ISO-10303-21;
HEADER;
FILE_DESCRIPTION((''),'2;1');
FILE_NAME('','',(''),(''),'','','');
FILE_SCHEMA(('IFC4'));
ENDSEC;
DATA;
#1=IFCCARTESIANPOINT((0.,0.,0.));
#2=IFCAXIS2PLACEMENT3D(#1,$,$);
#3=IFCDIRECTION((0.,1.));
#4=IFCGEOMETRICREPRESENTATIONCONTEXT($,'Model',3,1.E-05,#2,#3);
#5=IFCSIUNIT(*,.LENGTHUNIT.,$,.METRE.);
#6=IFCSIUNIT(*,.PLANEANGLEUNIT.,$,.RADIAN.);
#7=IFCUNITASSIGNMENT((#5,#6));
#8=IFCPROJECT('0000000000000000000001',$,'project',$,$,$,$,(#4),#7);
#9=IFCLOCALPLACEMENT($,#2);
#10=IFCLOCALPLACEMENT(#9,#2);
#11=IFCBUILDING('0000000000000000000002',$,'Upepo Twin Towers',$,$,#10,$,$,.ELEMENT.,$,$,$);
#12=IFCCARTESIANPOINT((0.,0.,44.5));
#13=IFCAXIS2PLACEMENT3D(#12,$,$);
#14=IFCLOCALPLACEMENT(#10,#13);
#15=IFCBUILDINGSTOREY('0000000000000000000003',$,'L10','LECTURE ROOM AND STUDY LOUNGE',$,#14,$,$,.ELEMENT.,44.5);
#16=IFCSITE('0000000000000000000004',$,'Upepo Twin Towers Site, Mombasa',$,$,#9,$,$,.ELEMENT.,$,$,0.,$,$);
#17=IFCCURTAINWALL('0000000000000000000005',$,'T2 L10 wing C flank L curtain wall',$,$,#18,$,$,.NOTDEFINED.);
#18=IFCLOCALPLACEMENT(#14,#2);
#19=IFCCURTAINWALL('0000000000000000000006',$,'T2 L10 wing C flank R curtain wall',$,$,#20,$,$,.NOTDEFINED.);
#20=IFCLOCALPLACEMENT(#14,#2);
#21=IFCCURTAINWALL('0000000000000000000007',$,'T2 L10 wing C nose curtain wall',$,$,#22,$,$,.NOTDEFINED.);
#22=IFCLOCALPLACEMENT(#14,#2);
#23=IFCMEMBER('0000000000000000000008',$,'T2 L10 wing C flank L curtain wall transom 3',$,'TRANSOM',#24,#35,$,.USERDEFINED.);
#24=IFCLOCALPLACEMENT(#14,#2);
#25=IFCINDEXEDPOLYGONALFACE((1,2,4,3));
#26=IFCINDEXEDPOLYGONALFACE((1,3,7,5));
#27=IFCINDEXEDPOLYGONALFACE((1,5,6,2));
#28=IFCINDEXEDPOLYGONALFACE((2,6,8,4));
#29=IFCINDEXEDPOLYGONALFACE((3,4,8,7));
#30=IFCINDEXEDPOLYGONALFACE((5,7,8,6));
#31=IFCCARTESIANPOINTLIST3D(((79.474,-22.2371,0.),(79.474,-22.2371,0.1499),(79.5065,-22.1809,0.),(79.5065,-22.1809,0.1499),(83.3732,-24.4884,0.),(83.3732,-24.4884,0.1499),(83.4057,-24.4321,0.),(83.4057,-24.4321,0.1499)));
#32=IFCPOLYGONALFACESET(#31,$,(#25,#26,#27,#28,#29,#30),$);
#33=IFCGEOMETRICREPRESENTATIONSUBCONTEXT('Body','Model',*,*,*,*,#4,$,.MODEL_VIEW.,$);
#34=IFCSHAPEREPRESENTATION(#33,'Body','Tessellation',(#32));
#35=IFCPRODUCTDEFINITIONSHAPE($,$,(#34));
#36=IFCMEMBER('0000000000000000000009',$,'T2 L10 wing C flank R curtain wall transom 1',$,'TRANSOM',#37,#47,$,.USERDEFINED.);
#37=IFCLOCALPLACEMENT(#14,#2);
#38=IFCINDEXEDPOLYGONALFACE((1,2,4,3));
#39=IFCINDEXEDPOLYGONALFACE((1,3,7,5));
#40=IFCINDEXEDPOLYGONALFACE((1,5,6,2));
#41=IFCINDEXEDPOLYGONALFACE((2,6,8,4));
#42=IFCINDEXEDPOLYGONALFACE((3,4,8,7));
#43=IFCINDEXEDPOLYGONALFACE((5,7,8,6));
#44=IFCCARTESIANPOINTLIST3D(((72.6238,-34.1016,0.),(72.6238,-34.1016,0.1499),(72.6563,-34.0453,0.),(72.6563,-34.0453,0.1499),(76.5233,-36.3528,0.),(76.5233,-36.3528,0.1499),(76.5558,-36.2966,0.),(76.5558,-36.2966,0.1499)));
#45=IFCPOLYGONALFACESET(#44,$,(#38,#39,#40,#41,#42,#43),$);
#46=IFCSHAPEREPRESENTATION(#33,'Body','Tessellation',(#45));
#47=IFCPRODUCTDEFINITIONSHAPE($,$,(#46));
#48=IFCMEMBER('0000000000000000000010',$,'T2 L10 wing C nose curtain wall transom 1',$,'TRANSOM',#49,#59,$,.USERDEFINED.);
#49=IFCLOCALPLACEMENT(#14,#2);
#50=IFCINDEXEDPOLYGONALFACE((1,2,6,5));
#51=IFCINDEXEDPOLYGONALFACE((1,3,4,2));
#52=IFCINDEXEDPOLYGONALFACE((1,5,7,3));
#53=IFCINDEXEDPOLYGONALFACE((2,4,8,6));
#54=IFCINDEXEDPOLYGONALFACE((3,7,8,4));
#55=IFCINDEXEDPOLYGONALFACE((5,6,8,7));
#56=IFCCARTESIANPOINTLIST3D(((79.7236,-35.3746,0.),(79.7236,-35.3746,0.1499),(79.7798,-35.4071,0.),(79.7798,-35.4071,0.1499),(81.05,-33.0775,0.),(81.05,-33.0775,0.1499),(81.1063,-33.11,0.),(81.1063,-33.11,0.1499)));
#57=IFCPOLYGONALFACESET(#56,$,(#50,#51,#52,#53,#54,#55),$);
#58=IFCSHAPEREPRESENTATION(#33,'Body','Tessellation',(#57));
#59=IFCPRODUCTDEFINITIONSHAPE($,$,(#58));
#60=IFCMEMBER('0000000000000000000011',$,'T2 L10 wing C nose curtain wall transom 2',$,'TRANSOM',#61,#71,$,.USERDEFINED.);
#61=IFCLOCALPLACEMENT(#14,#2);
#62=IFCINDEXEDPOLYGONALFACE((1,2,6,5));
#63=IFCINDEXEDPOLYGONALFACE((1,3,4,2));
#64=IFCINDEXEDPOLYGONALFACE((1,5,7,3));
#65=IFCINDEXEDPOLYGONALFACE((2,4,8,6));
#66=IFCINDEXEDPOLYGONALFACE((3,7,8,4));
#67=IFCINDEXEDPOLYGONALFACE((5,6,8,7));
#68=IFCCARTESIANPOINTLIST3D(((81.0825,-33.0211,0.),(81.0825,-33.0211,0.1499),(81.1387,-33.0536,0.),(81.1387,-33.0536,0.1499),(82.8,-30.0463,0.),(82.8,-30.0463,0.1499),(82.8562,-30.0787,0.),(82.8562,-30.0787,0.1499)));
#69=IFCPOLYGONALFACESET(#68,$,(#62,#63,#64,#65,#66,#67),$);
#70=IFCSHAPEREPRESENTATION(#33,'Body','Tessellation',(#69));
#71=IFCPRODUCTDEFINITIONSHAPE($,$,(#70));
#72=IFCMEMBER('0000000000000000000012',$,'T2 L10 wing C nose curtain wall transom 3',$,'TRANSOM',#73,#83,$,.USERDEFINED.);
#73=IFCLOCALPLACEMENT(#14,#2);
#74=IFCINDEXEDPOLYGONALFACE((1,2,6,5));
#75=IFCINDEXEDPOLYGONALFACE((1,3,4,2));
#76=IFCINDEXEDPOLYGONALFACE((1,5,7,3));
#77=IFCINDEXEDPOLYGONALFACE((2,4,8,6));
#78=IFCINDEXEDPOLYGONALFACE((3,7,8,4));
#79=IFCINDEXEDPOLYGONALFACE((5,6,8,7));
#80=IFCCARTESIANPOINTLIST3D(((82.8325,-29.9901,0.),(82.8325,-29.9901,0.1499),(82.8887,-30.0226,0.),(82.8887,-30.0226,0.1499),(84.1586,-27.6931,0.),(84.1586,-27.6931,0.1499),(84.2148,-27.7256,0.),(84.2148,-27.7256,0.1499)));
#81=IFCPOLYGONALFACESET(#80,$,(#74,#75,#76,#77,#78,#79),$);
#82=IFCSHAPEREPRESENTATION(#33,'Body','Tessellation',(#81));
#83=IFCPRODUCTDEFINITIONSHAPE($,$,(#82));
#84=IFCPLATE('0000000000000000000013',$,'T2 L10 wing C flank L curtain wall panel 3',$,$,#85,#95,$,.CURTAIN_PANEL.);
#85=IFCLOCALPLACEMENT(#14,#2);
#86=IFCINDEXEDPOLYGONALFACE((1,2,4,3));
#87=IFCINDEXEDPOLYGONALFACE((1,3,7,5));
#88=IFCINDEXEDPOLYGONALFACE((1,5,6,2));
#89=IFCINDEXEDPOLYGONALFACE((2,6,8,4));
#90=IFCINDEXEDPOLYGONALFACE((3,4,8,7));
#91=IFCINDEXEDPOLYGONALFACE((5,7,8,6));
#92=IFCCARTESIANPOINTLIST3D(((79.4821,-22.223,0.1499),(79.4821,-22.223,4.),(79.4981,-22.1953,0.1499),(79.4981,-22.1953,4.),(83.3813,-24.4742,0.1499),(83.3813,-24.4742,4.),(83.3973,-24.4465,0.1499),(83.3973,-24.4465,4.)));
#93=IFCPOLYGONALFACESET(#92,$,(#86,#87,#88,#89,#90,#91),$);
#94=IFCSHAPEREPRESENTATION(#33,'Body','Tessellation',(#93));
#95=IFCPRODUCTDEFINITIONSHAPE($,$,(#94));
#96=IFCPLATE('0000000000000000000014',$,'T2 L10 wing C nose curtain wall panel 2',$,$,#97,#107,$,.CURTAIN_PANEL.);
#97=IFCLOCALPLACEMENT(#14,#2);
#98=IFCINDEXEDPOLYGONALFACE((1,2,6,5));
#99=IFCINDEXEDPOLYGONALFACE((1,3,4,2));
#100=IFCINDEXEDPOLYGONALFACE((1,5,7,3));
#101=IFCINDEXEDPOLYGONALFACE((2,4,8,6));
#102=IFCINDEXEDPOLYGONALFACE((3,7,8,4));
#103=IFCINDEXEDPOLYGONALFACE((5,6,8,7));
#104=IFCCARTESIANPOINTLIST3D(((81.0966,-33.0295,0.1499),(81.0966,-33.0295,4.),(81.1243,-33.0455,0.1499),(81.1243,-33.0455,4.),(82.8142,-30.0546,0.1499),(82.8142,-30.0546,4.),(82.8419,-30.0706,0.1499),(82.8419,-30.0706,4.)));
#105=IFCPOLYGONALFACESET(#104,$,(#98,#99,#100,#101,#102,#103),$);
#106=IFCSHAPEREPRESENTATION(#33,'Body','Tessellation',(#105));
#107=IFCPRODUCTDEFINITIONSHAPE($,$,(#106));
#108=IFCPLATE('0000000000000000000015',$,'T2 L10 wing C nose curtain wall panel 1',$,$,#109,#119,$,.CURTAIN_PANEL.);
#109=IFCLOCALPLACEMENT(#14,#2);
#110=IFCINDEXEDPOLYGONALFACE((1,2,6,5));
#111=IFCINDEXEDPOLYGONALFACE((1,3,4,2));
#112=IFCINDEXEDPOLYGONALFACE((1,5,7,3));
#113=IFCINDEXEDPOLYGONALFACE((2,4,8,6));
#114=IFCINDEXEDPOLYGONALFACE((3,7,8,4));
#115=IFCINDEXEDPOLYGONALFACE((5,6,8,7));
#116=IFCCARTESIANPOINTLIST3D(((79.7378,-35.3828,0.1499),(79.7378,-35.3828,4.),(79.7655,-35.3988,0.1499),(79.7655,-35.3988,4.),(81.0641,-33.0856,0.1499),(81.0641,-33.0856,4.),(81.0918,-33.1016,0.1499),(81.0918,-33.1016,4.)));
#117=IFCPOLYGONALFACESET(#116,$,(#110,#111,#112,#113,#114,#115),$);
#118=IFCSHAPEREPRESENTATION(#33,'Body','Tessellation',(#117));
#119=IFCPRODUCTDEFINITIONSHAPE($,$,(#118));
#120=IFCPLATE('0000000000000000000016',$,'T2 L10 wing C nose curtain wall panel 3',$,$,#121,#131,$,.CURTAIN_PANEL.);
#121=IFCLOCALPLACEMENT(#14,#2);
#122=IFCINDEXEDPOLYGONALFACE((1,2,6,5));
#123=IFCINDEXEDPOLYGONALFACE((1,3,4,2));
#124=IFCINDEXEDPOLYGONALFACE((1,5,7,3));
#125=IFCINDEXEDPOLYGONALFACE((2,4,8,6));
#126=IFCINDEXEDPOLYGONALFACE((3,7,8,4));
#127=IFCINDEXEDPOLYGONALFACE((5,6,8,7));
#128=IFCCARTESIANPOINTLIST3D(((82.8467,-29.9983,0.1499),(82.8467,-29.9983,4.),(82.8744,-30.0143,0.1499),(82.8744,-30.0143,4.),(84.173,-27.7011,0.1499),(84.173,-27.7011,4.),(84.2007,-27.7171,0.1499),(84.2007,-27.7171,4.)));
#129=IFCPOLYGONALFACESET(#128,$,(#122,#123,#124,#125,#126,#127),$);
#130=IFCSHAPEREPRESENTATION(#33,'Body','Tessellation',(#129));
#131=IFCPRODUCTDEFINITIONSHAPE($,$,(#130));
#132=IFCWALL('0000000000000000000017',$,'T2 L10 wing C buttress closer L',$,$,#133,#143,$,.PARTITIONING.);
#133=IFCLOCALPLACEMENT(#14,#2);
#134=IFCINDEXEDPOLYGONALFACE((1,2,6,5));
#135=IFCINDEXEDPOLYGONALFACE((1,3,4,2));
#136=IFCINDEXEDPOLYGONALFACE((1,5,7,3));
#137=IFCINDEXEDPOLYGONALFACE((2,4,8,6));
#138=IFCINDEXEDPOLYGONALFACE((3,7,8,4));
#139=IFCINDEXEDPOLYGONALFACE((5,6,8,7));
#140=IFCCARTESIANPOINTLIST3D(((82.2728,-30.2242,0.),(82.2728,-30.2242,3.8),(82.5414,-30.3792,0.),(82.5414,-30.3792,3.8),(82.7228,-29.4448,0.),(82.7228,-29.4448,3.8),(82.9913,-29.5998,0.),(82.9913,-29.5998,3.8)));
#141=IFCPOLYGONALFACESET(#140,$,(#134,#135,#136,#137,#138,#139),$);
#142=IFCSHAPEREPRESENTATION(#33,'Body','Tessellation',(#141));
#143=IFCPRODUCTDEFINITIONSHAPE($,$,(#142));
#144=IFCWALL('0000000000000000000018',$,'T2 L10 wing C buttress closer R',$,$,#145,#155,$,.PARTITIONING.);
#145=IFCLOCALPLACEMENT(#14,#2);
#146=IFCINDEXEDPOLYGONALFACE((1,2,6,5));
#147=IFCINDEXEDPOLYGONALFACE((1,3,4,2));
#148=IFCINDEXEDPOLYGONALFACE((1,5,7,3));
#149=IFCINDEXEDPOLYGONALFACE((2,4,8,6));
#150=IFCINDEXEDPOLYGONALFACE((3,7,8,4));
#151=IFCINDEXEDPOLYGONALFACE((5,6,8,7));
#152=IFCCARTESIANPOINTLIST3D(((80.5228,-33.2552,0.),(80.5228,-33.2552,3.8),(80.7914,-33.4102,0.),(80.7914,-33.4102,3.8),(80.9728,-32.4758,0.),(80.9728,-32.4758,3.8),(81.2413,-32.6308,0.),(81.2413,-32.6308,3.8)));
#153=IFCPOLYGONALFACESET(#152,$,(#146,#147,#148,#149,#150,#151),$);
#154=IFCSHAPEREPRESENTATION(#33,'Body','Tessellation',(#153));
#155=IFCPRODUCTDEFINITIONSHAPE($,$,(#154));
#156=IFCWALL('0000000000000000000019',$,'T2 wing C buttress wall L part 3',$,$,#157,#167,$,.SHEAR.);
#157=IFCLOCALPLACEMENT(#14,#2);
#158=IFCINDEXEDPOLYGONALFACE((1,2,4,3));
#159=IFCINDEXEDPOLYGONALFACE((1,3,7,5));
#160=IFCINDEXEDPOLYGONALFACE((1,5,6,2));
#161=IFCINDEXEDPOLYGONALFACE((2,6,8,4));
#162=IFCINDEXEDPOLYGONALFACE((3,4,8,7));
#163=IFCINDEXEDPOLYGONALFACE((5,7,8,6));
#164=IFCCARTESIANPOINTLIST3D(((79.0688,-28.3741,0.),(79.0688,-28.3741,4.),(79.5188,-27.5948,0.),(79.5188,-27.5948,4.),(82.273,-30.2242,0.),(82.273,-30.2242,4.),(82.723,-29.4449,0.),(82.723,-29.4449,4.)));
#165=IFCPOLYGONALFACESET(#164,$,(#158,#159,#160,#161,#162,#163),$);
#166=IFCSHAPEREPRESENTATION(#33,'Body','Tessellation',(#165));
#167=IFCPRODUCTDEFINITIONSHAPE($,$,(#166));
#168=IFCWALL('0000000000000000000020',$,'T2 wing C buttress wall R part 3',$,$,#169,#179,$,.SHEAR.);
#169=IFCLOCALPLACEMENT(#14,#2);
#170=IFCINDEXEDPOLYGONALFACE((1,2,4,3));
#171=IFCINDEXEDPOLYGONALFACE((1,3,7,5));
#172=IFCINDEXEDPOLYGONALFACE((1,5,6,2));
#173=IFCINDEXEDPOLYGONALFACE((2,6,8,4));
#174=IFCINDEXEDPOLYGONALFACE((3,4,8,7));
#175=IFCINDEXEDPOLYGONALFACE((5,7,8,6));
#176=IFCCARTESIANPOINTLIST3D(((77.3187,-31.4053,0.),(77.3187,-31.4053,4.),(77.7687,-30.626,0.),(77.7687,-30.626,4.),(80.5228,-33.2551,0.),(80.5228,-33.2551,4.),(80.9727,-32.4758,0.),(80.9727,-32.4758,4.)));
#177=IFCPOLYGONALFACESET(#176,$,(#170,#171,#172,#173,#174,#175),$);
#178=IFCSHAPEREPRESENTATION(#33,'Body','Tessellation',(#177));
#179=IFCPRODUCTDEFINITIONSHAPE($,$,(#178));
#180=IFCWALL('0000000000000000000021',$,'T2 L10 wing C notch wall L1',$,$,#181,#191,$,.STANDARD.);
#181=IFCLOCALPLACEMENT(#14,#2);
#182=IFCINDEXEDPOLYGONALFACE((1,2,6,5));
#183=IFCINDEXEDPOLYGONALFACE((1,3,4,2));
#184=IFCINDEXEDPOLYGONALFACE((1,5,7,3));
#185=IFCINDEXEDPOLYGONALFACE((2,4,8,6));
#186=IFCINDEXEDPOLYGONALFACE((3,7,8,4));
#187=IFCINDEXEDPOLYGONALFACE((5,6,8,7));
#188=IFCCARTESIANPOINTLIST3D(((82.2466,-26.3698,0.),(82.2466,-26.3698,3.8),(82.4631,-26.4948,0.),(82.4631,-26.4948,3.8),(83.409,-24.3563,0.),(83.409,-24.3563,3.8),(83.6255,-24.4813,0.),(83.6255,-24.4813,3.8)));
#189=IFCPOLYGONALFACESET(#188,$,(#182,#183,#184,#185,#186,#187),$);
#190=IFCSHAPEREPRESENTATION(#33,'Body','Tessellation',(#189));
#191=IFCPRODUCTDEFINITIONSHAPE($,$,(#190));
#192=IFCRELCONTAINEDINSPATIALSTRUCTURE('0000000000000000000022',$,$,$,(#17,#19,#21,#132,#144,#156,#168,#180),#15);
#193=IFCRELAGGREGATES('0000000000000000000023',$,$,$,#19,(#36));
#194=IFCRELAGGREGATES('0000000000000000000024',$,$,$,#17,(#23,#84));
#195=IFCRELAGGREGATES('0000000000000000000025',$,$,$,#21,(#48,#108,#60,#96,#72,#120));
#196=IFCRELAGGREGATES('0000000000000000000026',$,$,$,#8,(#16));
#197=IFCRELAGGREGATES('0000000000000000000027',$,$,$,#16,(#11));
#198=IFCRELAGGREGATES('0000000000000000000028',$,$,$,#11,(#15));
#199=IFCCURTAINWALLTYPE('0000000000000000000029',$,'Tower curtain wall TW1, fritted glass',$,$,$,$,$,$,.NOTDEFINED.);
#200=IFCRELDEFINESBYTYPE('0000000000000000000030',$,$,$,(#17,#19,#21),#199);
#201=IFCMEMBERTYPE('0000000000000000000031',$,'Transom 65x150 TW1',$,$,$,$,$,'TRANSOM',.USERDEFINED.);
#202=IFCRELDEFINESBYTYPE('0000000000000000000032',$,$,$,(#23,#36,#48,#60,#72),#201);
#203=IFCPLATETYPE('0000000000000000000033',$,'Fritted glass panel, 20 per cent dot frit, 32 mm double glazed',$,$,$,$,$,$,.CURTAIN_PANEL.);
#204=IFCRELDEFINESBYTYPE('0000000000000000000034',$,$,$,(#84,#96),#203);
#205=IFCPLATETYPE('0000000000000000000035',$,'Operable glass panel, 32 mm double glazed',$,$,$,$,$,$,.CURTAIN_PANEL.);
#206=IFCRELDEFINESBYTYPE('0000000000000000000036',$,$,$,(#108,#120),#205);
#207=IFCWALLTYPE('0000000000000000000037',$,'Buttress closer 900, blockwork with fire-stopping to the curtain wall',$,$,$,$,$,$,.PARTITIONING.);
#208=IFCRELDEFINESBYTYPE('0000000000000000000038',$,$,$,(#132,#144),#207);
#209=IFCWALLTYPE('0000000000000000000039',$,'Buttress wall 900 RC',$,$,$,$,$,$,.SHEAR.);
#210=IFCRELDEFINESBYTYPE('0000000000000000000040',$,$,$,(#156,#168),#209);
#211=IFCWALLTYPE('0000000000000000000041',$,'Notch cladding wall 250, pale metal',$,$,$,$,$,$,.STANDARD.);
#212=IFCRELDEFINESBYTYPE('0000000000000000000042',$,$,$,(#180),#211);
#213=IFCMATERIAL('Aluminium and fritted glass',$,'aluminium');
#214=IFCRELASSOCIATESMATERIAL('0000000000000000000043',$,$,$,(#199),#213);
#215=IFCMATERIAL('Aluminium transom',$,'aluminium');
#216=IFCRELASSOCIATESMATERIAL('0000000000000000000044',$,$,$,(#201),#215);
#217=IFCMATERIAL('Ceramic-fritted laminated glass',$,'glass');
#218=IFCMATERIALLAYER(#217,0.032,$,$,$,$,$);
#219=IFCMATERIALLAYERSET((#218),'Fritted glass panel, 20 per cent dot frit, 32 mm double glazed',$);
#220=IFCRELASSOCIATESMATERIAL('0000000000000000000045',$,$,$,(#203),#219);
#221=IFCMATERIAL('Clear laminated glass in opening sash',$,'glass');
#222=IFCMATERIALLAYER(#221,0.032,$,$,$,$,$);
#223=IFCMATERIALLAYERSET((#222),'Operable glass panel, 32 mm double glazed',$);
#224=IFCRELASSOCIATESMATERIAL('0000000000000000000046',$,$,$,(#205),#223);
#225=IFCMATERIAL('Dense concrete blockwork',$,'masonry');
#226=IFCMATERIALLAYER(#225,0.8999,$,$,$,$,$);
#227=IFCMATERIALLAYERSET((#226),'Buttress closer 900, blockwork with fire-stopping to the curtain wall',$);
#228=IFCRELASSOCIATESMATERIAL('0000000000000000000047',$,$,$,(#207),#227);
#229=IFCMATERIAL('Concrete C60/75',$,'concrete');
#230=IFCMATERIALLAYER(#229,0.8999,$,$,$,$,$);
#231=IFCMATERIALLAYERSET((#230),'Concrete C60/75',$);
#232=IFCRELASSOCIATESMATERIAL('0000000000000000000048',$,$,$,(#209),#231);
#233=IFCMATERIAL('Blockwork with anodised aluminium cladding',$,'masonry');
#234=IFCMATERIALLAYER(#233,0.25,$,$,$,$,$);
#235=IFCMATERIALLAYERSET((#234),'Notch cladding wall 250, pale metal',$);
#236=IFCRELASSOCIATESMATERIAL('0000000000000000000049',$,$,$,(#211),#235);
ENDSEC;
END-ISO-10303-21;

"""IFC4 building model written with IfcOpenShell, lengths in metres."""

from ifc_helpers import new_model, si_unit, direction, frame, frame_2d, origin, origin_2d, place, context, subcontext, project, spatial, rectangle, extrude, material, layer, layer_set, material_profile, profile_set, type_object, element, aggregate, save


model = new_model("IFC4")

# Units and contexts
model_context = context("Model", 3, precision=1e-05, world=origin(), true_north=direction((0.0, 1.0)))
body_context = subcontext(model_context, "Body", "Model", "MODEL_VIEW")
ifc_project = project(units=[si_unit("LENGTHUNIT", "METRE"), si_unit("PLANEANGLEUNIT", "RADIAN")], contexts=[model_context])

# Site, building, storey
site_placement = place(None, origin())
site = spatial("IfcSite", under=ifc_project, at=site_placement, Name="Upepo Twin Towers Site, Mombasa", CompositionType="ELEMENT", RefElevation=0.0)
building_placement = place(site_placement, origin())
building = spatial("IfcBuilding", under=site, at=building_placement, Name="Upepo Twin Towers", CompositionType="ELEMENT")
storey_placement = place(building_placement, frame((0.0, 0.0, 44.5)))
storey = spatial("IfcBuildingStorey", under=building, at=storey_placement, Name="L10", Description="LECTURE ROOM AND STUDY LOUNGE", CompositionType="ELEMENT", Elevation=44.5)

# Curtain wall
ifc_material_1 = material(Name="Aluminium and fritted glass", Category="aluminium")
curtain_wall_type = type_object("IfcCurtainWallType", Name="Tower curtain wall TW1, fritted glass", PredefinedType="NOTDEFINED", material=ifc_material_1)
curtain_wall_1_placement = place(storey_placement, origin())
curtain_wall_1 = element("IfcCurtainWall", 1, at=curtain_wall_1_placement, inside=storey, type_object=curtain_wall_type, Name="T2 L10 wing C flank L curtain wall", PredefinedType="NOTDEFINED")

# Curtain wall
curtain_wall_2_placement = place(storey_placement, origin())
curtain_wall_2 = element("IfcCurtainWall", 2, at=curtain_wall_2_placement, inside=storey, type_object=curtain_wall_type, Name="T2 L10 wing C flank R curtain wall", PredefinedType="NOTDEFINED")

# Curtain wall
curtain_wall_3_placement = place(storey_placement, origin())
curtain_wall_3 = element("IfcCurtainWall", 3, at=curtain_wall_3_placement, inside=storey, type_object=curtain_wall_type, Name="T2 L10 wing C nose curtain wall", PredefinedType="NOTDEFINED")

# Members
ifc_material_2 = material(Name="Aluminium transom", Category="aluminium")
ifc_material_profile_1 = material_profile(ifc_material_2, rectangle(XDim=0.0649, YDim=0.1499, at=origin_2d()), Name="TRANSOM 65x150")
ifc_profile_set_1 = profile_set([ifc_material_profile_1], Name="Aluminium transom")
member_type_1 = type_object("IfcMemberType", Name="Transom 65x150 TW1", ElementType="TRANSOM", PredefinedType="USERDEFINED", material=ifc_profile_set_1)
member_1_placement = place(storey_placement, frame((79.4902, -22.209, 0.075), z_axis=(0.866022, -0.500006, 0.0), x_axis=(0.500006, 0.866022, 0.0)))
member_1 = element("IfcMember", 4, at=member_1_placement, type_object=member_type_1, Name="T2 L10 wing C flank L curtain wall transom 3", ObjectType="TRANSOM", PredefinedType="USERDEFINED", context=body_context, shape_type="SweptSolid", body=[
    extrude(rectangle(XDim=0.0649, YDim=0.1499, at=origin_2d()), origin(), (0.0, 0.0, 1.0), 4.5024),
])
member_2_placement = place(storey_placement, frame((76.5396, -36.3247, 0.075), z_axis=(-0.866036, 0.499982, 0.0), x_axis=(-0.499982, -0.866036, 0.0)))
member_2 = element("IfcMember", 5, at=member_2_placement, type_object=member_type_1, Name="T2 L10 wing C flank R curtain wall transom 1", ObjectType="TRANSOM", PredefinedType="USERDEFINED", context=body_context, shape_type="SweptSolid", body=[
    extrude(rectangle(XDim=0.0649, YDim=0.1499, at=origin_2d()), origin(), (0.0, 0.0, 1.0), 4.5027),
])
aggregate(curtain_wall_2, [member_2])
member_3_placement = place(storey_placement, frame((79.7517, -35.3909, 0.075), z_axis=(0.500049, 0.865997, 0.0), x_axis=(-0.865997, 0.500049, 0.0)))
member_3 = element("IfcMember", 6, at=member_3_placement, type_object=member_type_1, Name="T2 L10 wing C nose curtain wall transom 1", ObjectType="TRANSOM", PredefinedType="USERDEFINED", context=body_context, shape_type="SweptSolid", body=[
    extrude(rectangle(XDim=0.0649, YDim=0.1499, at=origin_2d()), origin(), (0.0, 0.0, 1.0), 2.6526),
])
member_4_placement = place(storey_placement, frame((81.1106, -33.0374, 0.075), z_axis=(0.499999, 0.866026, 0.0), x_axis=(-0.866026, 0.499999, 0.0)))
member_4 = element("IfcMember", 7, at=member_4_placement, type_object=member_type_1, Name="T2 L10 wing C nose curtain wall transom 2", ObjectType="TRANSOM", PredefinedType="USERDEFINED", context=body_context, shape_type="SweptSolid", body=[
    extrude(rectangle(XDim=0.0649, YDim=0.1499, at=origin_2d()), origin(), (0.0, 0.0, 1.0), 3.4351),
])
member_5_placement = place(storey_placement, frame((82.8606, -30.0063, 0.075), z_axis=(0.49998, 0.866037, 0.0), x_axis=(-0.866037, 0.49998, 0.0)))
member_5 = element("IfcMember", 8, at=member_5_placement, type_object=member_type_1, Name="T2 L10 wing C nose curtain wall transom 3", ObjectType="TRANSOM", PredefinedType="USERDEFINED", context=body_context, shape_type="SweptSolid", body=[
    extrude(rectangle(XDim=0.0649, YDim=0.1499, at=origin_2d()), origin(), (0.0, 0.0, 1.0), 2.6523),
])

# Plates
ifc_material_3 = material(Name="Ceramic-fritted laminated glass", Category="glass")
ifc_layer_1 = layer(ifc_material_3, 0.032)
ifc_layer_set_1 = layer_set([ifc_layer_1], Name="Fritted glass panel, 20 per cent dot frit, 32 mm double glazed")
plate_type_1 = type_object("IfcPlateType", Name="Fritted glass panel, 20 per cent dot frit, 32 mm double glazed", PredefinedType="CURTAIN_PANEL", material=ifc_layer_set_1)
plate_1_placement = place(storey_placement, frame((81.4397, -23.3347, 0.1499), z_axis=(0.0, 0.0, 1.0), x_axis=(0.866025, -0.5, 0.0)))
plate_1 = element("IfcPlate", 9, at=plate_1_placement, type_object=plate_type_1, Name="T2 L10 wing C flank L curtain wall panel 3", PredefinedType="CURTAIN_PANEL", context=body_context, shape_type="SweptSolid", body=[
    extrude(rectangle(XDim=4.5024, YDim=0.032, at=origin_2d()), origin(), (0.0, 0.0, 1.0), 3.8501),
])
aggregate(curtain_wall_1, [member_1, plate_1])
plate_2_placement = place(storey_placement, frame((81.9692, -31.55, 0.1499), z_axis=(0.0, 0.0, 1.0), x_axis=(0.5, 0.866025, 0.0)))
plate_2 = element("IfcPlate", 10, at=plate_2_placement, type_object=plate_type_1, Name="T2 L10 wing C nose curtain wall panel 2", PredefinedType="CURTAIN_PANEL", context=body_context, shape_type="SweptSolid", body=[
    extrude(rectangle(XDim=3.4351, YDim=0.032, at=origin_2d()), origin(), (0.0, 0.0, 1.0), 3.8501),
])
ifc_material_4 = material(Name="Clear laminated glass in opening sash", Category="glass")
ifc_layer_2 = layer(ifc_material_4, 0.032)
ifc_layer_set_2 = layer_set([ifc_layer_2], Name="Operable glass panel, 32 mm double glazed")
plate_type_2 = type_object("IfcPlateType", Name="Operable glass panel, 32 mm double glazed", PredefinedType="CURTAIN_PANEL", material=ifc_layer_set_2)
plate_3_placement = place(storey_placement, frame((80.4148, -34.2422, 0.1499), z_axis=(0.0, 0.0, 1.0), x_axis=(0.5, 0.866025, 0.0)))
plate_3 = element("IfcPlate", 11, at=plate_3_placement, type_object=plate_type_2, Name="T2 L10 wing C nose curtain wall panel 1", PredefinedType="CURTAIN_PANEL", context=body_context, shape_type="SweptSolid", body=[
    extrude(rectangle(XDim=2.6526, YDim=0.032, at=origin_2d()), origin(), (0.0, 0.0, 1.0), 3.8501),
])
plate_4_placement = place(storey_placement, frame((83.5237, -28.8577, 0.1499), z_axis=(0.0, 0.0, 1.0), x_axis=(0.5, 0.866025, 0.0)))
plate_4 = element("IfcPlate", 12, at=plate_4_placement, type_object=plate_type_2, Name="T2 L10 wing C nose curtain wall panel 3", PredefinedType="CURTAIN_PANEL", context=body_context, shape_type="SweptSolid", body=[
    extrude(rectangle(XDim=2.6526, YDim=0.032, at=origin_2d()), origin(), (0.0, 0.0, 1.0), 3.8501),
])
aggregate(curtain_wall_3, [member_3, plate_3, member_4, plate_2, member_5, plate_4])

# Walls
ifc_material_5 = material(Name="Dense concrete blockwork", Category="masonry")
ifc_layer_3 = layer(ifc_material_5, 0.8999)
ifc_layer_set_3 = layer_set([ifc_layer_3], Name="Buttress closer 900, blockwork with fire-stopping to the curtain wall")
wall_type_1 = type_object("IfcWallType", Name="Buttress closer 900, blockwork with fire-stopping to the curtain wall", PredefinedType="PARTITIONING", material=ifc_layer_set_3)
for number, where, z_axis, x_axis, name in (
    (13, (82.4978, -29.8345, 0.0), (0.0, 0.0, 1.0), (0.866054, -0.49995, 0.0), "T2 L10 wing C buttress closer L"),
    (14, (80.7478, -32.8655, 0.0), (0.0, 0.0, 1.0), (0.866054, -0.49995, 0.0), "T2 L10 wing C buttress closer R"),
):
    element("IfcWall", number, at=place(storey_placement, frame(where, z_axis=z_axis, x_axis=x_axis)), inside=storey, type_object=wall_type_1, Name=name, PredefinedType="PARTITIONING", context=body_context, shape_type="SweptSolid", body=[
        extrude(rectangle(XDim=0.3101, YDim=0.8999, at=frame_2d((0.155, 0.0))), origin(), (0.0, 0.0, 1.0), 3.8),
    ])
ifc_material_6 = material(Name="Concrete C60/75", Category="concrete")
ifc_layer_4 = layer(ifc_material_6, 0.8999)
ifc_layer_set_4 = layer_set([ifc_layer_4], Name="Concrete C60/75")
wall_type_2 = type_object("IfcWallType", Name="Buttress wall 900 RC", PredefinedType="SHEAR", material=ifc_layer_set_4)
wall_1_placement = place(storey_placement, frame((79.2937, -27.9844, 0.0), z_axis=(0.0, 0.0, 1.0), x_axis=(0.866001, -0.500042, 0.0)))
element("IfcWall", 15, at=wall_1_placement, inside=storey, type_object=wall_type_2, Name="T2 wing C buttress wall L part 3", PredefinedType="SHEAR", context=body_context, shape_type="SweptSolid", body=[
    extrude(rectangle(XDim=3.7, YDim=0.8999, at=frame_2d((1.8501, 0.0))), origin(), (0.0, 0.0, 1.0), 4.0),
])
wall_2_placement = place(storey_placement, frame((77.5437, -31.0156, 0.0), z_axis=(0.0, 0.0, 1.0), x_axis=(0.86603, -0.499993, 0.0)))
element("IfcWall", 16, at=wall_2_placement, inside=storey, type_object=wall_type_2, Name="T2 wing C buttress wall R part 3", PredefinedType="SHEAR", context=body_context, shape_type="SweptSolid", body=[
    extrude(rectangle(XDim=3.6997, YDim=0.8999, at=frame_2d((1.8499, 0.0))), origin(), (0.0, 0.0, 1.0), 4.0),
])
ifc_material_7 = material(Name="Blockwork with anodised aluminium cladding", Category="masonry")
ifc_layer_5 = layer(ifc_material_7, 0.25)
ifc_layer_set_5 = layer_set([ifc_layer_5], Name="Notch cladding wall 250, pale metal")
wall_type_3 = type_object("IfcWallType", Name="Notch cladding wall 250, pale metal", PredefinedType="STANDARD", material=ifc_layer_set_5)
for number, where, z_axis, x_axis, name in (
    (17, (83.5173, -24.4187, 0.0), (0.0, 0.0, 1.0), (-0.499968, -0.866044, 0.0), "T2 L10 wing C notch wall L1"),
):
    element("IfcWall", number, at=place(storey_placement, frame(where, z_axis=z_axis, x_axis=x_axis)), inside=storey, type_object=wall_type_3, Name=name, PredefinedType="STANDARD", context=body_context, shape_type="SweptSolid", body=[
        extrude(rectangle(XDim=2.325, YDim=0.25, at=frame_2d((1.1626, 0.0))), origin(), (0.0, 0.0, 1.0), 3.8),
    ])

save(model, "model.ifc")
